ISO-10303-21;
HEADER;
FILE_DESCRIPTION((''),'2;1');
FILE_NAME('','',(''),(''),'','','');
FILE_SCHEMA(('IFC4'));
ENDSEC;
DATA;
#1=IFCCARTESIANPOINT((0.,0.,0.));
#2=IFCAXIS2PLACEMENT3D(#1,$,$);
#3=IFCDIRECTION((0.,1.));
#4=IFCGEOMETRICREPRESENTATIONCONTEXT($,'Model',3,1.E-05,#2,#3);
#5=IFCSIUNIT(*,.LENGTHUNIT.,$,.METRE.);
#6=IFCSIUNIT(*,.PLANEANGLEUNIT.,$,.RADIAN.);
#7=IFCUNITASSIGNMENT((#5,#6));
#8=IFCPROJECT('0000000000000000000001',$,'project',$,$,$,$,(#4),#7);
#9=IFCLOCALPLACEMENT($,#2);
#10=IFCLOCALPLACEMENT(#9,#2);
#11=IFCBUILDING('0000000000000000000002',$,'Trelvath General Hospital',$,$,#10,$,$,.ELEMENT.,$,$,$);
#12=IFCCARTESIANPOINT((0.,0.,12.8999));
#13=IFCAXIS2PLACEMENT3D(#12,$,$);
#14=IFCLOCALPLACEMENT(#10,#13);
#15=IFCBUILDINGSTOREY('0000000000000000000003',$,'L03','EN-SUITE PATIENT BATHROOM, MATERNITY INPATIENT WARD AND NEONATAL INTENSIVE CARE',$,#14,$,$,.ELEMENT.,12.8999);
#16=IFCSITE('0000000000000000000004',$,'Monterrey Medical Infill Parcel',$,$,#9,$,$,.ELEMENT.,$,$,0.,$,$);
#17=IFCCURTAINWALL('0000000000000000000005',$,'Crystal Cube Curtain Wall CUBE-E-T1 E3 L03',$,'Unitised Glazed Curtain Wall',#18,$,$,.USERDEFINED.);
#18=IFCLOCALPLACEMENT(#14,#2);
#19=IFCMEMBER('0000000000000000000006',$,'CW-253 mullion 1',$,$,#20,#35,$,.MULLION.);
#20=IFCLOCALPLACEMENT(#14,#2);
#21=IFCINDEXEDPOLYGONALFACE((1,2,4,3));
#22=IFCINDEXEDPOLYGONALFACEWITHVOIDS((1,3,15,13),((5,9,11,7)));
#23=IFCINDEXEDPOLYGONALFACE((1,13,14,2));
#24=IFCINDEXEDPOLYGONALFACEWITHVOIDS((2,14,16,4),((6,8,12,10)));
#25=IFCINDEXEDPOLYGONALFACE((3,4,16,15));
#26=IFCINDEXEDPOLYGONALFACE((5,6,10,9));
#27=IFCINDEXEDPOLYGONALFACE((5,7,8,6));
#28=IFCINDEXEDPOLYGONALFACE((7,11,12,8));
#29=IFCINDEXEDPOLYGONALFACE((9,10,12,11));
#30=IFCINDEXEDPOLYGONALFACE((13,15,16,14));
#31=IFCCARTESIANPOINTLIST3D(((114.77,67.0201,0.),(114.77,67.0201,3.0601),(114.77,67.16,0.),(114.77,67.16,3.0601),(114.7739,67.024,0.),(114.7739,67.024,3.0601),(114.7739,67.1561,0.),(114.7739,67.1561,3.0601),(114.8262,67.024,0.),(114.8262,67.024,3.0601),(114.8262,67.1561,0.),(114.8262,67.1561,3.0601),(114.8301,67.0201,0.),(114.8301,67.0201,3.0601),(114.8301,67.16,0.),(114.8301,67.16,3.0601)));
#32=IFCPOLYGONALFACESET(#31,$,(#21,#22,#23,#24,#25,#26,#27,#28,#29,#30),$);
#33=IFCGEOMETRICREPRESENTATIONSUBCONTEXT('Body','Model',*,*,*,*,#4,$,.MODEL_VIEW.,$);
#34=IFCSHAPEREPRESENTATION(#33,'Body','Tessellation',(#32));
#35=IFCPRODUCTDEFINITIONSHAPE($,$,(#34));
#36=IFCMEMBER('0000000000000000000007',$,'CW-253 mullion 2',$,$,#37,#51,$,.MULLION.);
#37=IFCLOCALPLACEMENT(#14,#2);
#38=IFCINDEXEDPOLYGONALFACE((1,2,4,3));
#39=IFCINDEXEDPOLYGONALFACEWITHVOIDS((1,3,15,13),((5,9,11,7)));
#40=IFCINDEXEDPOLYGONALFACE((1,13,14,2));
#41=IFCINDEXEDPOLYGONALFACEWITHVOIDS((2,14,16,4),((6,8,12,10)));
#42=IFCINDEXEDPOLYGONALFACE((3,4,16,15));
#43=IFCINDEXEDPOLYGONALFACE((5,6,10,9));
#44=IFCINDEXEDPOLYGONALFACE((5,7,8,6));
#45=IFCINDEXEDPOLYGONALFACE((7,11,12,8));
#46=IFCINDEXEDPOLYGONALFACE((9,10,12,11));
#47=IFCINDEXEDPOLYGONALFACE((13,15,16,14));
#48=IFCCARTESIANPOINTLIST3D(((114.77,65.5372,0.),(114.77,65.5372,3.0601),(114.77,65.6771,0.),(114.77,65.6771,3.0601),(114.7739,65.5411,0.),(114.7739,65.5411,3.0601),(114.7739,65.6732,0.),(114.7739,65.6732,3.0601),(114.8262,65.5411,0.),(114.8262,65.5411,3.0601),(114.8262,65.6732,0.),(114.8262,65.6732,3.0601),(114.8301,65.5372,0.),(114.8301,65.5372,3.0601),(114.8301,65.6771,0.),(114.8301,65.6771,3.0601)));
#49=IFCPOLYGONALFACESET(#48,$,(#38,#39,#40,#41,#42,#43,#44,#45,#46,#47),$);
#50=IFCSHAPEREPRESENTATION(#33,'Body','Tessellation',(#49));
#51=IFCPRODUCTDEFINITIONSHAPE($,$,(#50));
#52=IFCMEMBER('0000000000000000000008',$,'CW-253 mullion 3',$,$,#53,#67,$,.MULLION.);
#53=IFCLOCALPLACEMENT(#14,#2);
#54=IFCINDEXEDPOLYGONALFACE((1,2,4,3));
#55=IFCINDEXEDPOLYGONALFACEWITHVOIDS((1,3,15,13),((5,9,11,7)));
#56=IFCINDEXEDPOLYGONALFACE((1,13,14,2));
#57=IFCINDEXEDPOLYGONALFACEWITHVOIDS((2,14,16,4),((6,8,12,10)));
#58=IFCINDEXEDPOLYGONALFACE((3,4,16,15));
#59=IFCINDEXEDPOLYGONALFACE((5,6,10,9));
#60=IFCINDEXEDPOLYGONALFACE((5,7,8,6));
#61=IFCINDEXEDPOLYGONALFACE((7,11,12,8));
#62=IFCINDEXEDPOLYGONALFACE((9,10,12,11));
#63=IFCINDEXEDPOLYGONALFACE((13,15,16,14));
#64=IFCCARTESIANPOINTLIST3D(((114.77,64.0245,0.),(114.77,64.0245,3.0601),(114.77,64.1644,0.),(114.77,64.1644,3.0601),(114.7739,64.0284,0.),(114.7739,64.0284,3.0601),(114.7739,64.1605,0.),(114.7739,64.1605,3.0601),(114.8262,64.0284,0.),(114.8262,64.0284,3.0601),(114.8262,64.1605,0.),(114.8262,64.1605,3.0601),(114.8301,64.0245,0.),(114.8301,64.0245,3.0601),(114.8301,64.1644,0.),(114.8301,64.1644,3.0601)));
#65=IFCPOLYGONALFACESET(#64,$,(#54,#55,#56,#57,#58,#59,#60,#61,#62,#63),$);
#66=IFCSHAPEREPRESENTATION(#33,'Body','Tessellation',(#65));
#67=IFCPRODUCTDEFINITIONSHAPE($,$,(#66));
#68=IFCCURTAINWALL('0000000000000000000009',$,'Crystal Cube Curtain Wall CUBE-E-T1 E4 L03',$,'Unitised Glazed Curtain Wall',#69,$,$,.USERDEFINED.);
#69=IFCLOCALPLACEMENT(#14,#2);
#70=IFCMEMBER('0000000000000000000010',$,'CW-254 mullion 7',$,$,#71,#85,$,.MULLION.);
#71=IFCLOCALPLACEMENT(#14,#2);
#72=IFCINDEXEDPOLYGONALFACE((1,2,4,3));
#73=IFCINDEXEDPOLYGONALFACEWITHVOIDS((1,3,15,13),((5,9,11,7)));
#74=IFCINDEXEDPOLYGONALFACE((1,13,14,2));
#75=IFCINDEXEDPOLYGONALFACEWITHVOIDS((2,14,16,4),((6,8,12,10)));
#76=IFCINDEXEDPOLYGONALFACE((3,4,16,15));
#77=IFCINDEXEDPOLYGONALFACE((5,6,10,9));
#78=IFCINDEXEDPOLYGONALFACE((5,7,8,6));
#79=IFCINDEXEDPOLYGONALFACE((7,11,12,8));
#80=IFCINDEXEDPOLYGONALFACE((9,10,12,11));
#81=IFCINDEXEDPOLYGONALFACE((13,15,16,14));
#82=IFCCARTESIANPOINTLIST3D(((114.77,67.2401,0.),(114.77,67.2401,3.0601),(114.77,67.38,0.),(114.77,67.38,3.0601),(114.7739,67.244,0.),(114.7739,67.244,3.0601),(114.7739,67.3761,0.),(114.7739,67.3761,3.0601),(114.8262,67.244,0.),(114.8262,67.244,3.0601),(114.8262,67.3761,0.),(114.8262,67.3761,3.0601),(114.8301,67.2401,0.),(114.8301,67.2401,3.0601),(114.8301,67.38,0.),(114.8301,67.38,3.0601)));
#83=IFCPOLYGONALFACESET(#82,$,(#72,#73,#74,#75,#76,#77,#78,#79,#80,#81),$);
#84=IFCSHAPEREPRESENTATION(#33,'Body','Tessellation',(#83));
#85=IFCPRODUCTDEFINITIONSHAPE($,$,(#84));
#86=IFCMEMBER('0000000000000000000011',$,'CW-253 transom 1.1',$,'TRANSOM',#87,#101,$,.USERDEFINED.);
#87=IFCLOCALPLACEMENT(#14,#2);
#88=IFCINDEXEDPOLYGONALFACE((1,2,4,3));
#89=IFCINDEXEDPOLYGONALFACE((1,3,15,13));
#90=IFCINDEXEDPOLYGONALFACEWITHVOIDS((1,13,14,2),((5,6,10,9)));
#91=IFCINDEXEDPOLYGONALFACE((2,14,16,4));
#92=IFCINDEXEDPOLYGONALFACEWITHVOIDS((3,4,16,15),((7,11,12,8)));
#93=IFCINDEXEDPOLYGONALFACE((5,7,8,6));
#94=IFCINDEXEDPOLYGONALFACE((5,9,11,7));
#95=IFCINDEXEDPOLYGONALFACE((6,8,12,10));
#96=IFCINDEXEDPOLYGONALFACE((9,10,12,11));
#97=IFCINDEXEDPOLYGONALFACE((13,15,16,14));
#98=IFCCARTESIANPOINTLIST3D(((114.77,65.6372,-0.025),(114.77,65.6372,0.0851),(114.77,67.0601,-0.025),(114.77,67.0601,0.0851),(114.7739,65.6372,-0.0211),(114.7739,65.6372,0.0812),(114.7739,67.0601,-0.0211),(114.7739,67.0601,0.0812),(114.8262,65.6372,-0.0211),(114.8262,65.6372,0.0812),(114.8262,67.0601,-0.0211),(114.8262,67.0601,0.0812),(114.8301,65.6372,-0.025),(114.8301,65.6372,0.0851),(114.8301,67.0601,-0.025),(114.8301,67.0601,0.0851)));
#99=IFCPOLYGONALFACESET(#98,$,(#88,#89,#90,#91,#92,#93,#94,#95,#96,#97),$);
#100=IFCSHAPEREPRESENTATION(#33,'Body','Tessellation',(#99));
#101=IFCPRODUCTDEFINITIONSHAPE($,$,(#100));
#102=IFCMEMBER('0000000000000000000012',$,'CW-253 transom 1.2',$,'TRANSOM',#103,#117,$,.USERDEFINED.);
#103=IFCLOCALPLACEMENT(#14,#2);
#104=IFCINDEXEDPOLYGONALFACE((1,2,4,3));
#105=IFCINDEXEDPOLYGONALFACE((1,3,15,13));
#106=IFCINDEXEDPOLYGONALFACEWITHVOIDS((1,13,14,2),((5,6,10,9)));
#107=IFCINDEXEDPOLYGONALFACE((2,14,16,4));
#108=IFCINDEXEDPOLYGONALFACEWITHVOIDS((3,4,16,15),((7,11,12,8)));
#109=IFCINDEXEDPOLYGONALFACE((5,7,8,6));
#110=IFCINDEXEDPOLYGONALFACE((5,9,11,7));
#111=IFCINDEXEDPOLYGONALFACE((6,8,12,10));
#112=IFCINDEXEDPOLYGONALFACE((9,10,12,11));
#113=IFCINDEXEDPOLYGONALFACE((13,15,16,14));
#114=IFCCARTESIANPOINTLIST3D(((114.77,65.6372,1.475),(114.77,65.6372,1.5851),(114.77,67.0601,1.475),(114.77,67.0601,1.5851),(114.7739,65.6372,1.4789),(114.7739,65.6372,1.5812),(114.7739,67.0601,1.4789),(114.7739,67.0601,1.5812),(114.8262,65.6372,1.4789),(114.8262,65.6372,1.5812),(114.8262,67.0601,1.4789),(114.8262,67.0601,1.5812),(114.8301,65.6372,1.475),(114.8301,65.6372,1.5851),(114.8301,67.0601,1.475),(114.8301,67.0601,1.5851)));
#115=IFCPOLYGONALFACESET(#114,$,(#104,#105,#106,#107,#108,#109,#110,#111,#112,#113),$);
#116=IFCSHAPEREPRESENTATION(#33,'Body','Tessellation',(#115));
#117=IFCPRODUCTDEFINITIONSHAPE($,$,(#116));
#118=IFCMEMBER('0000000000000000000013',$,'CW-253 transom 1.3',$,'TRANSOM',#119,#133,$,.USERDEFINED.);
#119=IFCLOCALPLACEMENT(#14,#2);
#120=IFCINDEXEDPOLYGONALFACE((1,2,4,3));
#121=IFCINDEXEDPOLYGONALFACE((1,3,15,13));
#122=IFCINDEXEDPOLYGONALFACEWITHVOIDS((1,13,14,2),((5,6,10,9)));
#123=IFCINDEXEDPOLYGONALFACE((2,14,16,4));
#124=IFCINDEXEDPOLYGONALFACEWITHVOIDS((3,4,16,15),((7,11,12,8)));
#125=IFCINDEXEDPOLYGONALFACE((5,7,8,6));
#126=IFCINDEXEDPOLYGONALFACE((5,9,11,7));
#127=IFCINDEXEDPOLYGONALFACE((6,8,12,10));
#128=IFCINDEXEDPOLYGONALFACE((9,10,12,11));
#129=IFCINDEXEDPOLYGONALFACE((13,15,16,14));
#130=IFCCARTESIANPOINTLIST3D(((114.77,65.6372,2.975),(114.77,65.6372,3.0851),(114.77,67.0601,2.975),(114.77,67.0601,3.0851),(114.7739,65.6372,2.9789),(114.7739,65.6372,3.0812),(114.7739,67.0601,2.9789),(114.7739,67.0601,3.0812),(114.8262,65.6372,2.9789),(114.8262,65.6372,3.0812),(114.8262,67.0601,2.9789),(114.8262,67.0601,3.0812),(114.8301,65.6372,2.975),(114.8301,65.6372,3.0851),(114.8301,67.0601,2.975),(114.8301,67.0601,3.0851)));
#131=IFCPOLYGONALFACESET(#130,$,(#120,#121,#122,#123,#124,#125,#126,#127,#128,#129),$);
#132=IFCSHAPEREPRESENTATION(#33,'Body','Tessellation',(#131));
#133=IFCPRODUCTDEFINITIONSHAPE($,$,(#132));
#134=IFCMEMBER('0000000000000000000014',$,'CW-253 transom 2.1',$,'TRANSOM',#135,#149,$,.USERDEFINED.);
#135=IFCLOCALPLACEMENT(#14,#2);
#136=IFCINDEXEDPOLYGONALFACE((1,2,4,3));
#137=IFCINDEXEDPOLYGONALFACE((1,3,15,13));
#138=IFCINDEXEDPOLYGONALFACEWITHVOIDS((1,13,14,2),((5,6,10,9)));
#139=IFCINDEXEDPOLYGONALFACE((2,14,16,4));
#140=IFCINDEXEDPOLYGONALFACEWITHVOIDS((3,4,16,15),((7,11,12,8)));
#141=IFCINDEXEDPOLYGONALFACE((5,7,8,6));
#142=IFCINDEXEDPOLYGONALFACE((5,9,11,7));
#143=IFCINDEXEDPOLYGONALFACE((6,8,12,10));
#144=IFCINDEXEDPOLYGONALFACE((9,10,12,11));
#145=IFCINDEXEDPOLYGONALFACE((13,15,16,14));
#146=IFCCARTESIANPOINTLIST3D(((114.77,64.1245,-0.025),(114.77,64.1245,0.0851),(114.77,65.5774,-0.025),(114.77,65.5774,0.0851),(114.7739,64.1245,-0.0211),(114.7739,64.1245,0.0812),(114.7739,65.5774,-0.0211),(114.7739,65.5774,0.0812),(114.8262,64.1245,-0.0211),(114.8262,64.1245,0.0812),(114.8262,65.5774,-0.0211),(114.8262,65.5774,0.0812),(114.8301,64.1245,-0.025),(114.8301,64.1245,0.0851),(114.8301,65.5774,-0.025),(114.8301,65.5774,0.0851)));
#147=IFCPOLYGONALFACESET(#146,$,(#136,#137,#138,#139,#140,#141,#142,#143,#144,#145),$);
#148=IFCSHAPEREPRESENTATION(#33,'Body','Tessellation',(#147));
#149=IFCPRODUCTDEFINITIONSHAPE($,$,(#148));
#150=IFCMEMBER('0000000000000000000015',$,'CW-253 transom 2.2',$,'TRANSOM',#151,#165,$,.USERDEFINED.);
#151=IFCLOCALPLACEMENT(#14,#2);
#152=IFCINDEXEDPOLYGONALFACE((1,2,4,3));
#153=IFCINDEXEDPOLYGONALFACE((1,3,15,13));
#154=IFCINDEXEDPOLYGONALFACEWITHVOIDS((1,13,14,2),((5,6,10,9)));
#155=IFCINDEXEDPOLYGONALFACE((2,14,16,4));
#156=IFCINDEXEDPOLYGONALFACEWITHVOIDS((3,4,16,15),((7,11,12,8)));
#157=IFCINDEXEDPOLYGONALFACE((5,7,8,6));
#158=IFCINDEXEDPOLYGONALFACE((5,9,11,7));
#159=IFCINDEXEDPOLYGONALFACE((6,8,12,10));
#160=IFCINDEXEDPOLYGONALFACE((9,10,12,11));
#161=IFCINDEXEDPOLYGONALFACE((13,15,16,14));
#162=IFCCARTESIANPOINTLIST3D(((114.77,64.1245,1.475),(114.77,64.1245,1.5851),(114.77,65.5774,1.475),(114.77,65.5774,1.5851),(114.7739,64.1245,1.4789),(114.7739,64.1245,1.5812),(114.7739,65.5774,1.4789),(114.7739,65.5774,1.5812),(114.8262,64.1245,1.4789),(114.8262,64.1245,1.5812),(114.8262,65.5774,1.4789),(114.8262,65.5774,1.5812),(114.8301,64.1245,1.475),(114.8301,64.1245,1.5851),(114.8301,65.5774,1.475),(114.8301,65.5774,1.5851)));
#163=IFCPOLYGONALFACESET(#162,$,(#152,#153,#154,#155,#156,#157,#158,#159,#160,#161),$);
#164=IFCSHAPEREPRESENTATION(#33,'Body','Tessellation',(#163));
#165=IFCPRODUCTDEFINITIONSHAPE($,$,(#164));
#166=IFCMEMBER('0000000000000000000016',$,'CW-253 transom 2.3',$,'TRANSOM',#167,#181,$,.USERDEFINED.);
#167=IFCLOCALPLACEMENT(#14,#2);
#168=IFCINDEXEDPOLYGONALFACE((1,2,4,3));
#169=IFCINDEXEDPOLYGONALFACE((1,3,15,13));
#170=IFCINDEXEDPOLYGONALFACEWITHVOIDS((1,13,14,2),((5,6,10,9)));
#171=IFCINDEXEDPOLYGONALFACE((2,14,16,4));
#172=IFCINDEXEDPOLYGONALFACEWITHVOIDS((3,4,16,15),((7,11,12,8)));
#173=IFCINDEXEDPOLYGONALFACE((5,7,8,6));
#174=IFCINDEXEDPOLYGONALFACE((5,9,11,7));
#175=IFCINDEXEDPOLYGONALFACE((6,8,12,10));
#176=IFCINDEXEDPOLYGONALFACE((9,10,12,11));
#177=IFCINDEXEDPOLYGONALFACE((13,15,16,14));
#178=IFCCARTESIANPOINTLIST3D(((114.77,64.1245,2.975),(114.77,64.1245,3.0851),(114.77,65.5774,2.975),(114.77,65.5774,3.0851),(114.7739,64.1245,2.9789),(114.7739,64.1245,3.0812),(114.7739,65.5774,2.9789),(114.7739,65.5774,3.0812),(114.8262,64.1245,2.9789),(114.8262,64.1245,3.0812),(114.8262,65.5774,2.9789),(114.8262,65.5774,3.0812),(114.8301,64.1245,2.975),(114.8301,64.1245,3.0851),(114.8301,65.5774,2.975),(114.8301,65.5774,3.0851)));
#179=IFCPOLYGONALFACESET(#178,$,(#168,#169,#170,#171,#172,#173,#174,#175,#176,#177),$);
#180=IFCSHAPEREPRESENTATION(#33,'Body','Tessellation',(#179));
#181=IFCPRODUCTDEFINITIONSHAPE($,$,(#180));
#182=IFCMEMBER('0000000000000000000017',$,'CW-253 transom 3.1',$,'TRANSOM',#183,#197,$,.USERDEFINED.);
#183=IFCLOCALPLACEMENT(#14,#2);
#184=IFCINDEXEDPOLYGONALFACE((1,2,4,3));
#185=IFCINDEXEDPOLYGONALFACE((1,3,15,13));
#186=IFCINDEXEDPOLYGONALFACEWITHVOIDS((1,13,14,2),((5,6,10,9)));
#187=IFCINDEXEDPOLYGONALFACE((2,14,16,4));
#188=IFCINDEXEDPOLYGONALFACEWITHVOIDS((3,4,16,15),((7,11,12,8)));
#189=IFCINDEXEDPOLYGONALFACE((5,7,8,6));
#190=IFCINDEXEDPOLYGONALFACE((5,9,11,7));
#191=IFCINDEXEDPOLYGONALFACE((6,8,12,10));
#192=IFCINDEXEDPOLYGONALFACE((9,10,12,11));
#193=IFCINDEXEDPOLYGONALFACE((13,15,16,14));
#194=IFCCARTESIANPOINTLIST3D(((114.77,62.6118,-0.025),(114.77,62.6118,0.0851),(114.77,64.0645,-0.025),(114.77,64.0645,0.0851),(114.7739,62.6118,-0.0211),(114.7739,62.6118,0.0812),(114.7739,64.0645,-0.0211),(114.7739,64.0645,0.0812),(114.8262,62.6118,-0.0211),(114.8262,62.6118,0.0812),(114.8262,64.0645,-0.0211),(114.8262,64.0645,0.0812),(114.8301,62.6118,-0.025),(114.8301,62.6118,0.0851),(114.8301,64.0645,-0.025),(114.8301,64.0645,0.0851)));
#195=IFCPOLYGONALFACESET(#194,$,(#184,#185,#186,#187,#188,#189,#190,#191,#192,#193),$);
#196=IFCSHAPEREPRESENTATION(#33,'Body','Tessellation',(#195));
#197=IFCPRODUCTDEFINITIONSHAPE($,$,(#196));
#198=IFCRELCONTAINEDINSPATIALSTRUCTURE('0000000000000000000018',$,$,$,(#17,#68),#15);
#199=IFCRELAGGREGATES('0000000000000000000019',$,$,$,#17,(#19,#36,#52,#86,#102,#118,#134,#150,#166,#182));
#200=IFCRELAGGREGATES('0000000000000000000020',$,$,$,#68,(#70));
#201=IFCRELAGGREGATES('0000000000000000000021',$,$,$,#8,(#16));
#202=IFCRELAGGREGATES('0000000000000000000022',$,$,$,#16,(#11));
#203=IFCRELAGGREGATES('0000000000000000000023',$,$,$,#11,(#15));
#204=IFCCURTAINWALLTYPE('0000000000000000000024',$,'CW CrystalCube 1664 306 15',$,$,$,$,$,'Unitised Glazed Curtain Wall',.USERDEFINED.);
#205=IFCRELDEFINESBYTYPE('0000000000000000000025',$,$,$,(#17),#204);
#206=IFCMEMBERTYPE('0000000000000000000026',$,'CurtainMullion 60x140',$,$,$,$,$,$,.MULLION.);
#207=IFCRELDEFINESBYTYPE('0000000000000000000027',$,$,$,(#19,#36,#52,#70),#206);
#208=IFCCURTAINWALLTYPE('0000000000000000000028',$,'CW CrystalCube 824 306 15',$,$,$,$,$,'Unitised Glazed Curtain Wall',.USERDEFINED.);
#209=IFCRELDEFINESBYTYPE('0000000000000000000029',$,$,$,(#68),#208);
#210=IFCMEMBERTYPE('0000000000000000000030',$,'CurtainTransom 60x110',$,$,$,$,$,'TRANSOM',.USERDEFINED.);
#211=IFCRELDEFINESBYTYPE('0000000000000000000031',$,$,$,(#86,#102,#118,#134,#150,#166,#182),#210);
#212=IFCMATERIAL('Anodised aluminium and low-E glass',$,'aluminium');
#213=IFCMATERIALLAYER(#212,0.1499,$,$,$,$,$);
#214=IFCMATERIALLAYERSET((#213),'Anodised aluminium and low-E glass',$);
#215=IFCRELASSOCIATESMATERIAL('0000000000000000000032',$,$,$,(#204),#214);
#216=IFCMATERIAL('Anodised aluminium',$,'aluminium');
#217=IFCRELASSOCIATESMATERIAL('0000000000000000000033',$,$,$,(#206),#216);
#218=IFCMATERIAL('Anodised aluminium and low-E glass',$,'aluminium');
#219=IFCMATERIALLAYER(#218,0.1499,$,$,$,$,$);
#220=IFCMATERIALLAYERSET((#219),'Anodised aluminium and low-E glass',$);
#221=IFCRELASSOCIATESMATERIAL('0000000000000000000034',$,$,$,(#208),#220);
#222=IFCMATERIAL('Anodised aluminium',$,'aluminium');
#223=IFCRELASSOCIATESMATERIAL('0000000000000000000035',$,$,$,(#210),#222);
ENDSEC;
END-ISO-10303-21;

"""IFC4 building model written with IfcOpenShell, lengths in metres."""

from ifc_helpers import new_model, si_unit, direction, frame, origin, origin_2d, place, context, subcontext, project, spatial, hollow_rectangle, extrude, material, layer, layer_set, material_profile, profile_set, type_object, element, aggregate, save


model = new_model("IFC4")

# Units and contexts
model_context = context("Model", 3, precision=1e-05, world=origin(), true_north=direction((0.0, 1.0)))
body_context = subcontext(model_context, "Body", "Model", "MODEL_VIEW")
ifc_project = project(units=[si_unit("LENGTHUNIT", "METRE"), si_unit("PLANEANGLEUNIT", "RADIAN")], contexts=[model_context])

# Site, building, storey
site_placement = place(None, origin())
site = spatial("IfcSite", under=ifc_project, at=site_placement, Name="Monterrey Medical Infill Parcel", CompositionType="ELEMENT", RefElevation=0.0)
building_placement = place(site_placement, origin())
building = spatial("IfcBuilding", under=site, at=building_placement, Name="Trelvath General Hospital", CompositionType="ELEMENT")
storey_placement = place(building_placement, frame((0.0, 0.0, 12.8999)))
storey = spatial("IfcBuildingStorey", under=building, at=storey_placement, Name="L03", Description="EN-SUITE PATIENT BATHROOM, MATERNITY INPATIENT WARD AND NEONATAL INTENSIVE CARE", CompositionType="ELEMENT", Elevation=12.8999)

# Curtain wall, members
ifc_material_1 = material(Name="Anodised aluminium and low-E glass", Category="aluminium")
ifc_layer_1 = layer(ifc_material_1, 0.1499)
ifc_layer_set_1 = layer_set([ifc_layer_1], Name="Anodised aluminium and low-E glass")
curtain_wall_type_1 = type_object("IfcCurtainWallType", Name="CW CrystalCube 1664 306 15", ElementType="Unitised Glazed Curtain Wall", PredefinedType="USERDEFINED", material=ifc_layer_set_1)
curtain_wall_1_placement = place(storey_placement, origin())
curtain_wall_1 = element("IfcCurtainWall", 1, at=curtain_wall_1_placement, inside=storey, type_object=curtain_wall_type_1, Name="Crystal Cube Curtain Wall CUBE-E-T1 E3 L03", ObjectType="Unitised Glazed Curtain Wall", PredefinedType="USERDEFINED")
ifc_material_2 = material(Name="Anodised aluminium", Category="aluminium")
ifc_material_profile_1 = material_profile(ifc_material_2, hollow_rectangle(XDim=0.0601, YDim=0.1399, WallThickness=0.0039, at=origin_2d()), Name="RHS60x140x4")
ifc_profile_set_1 = profile_set([ifc_material_profile_1], Name="Anodised aluminium")
member_type_1 = type_object("IfcMemberType", Name="CurtainMullion 60x140", PredefinedType="MULLION", material=ifc_profile_set_1)
member_1_placement = place(storey_placement, frame((114.8, 67.0901, 0.0), z_axis=(0.0, 0.0, 1.0), x_axis=(1.0, 0.0, 0.0)))
member_1 = element("IfcMember", 2, at=member_1_placement, type_object=member_type_1, Name="CW-253 mullion 1", PredefinedType="MULLION", context=body_context, shape_type="SweptSolid", body=[
    extrude(hollow_rectangle(XDim=0.0601, YDim=0.1399, WallThickness=0.0039, at=origin_2d()), origin(), (0.0, 0.0, 1.0), 3.0601),
])
member_2_placement = place(storey_placement, frame((114.8, 65.6072, 0.0), z_axis=(0.0, 0.0, 1.0), x_axis=(1.0, 0.0, 0.0)))
member_2 = element("IfcMember", 3, at=member_2_placement, type_object=member_type_1, Name="CW-253 mullion 2", PredefinedType="MULLION", context=body_context, shape_type="SweptSolid", body=[
    extrude(hollow_rectangle(XDim=0.0601, YDim=0.1399, WallThickness=0.0039, at=origin_2d()), origin(), (0.0, 0.0, 1.0), 3.0601),
])
member_3_placement = place(storey_placement, frame((114.8, 64.0945, 0.0), z_axis=(0.0, 0.0, 1.0), x_axis=(1.0, 0.0, 0.0)))
member_3 = element("IfcMember", 4, at=member_3_placement, type_object=member_type_1, Name="CW-253 mullion 3", PredefinedType="MULLION", context=body_context, shape_type="SweptSolid", body=[
    extrude(hollow_rectangle(XDim=0.0601, YDim=0.1399, WallThickness=0.0039, at=origin_2d()), origin(), (0.0, 0.0, 1.0), 3.0601),
])

# Curtain wall, member
ifc_material_3 = material(Name="Anodised aluminium and low-E glass", Category="aluminium")
ifc_layer_2 = layer(ifc_material_3, 0.1499)
ifc_layer_set_2 = layer_set([ifc_layer_2], Name="Anodised aluminium and low-E glass")
curtain_wall_type_2 = type_object("IfcCurtainWallType", Name="CW CrystalCube 824 306 15", ElementType="Unitised Glazed Curtain Wall", PredefinedType="USERDEFINED", material=ifc_layer_set_2)
curtain_wall_2_placement = place(storey_placement, origin())
curtain_wall_2 = element("IfcCurtainWall", 5, at=curtain_wall_2_placement, inside=storey, type_object=curtain_wall_type_2, Name="Crystal Cube Curtain Wall CUBE-E-T1 E4 L03", ObjectType="Unitised Glazed Curtain Wall", PredefinedType="USERDEFINED")
member_4_placement = place(storey_placement, frame((114.8, 67.3101, 0.0), z_axis=(0.0, 0.0, 1.0), x_axis=(1.0, 0.0, 0.0)))
member_4 = element("IfcMember", 6, at=member_4_placement, type_object=member_type_1, Name="CW-254 mullion 7", PredefinedType="MULLION", context=body_context, shape_type="SweptSolid", body=[
    extrude(hollow_rectangle(XDim=0.0601, YDim=0.1399, WallThickness=0.0039, at=origin_2d()), origin(), (0.0, 0.0, 1.0), 3.0601),
])

# Members
ifc_material_4 = material(Name="Anodised aluminium", Category="aluminium")
ifc_material_profile_2 = material_profile(ifc_material_4, hollow_rectangle(XDim=0.0601, YDim=0.1101, WallThickness=0.0039, at=origin_2d()), Name="RHS60x110x4")
ifc_profile_set_2 = profile_set([ifc_material_profile_2], Name="Anodised aluminium")
member_type_2 = type_object("IfcMemberType", Name="CurtainTransom 60x110", ElementType="TRANSOM", PredefinedType="USERDEFINED", material=ifc_profile_set_2)
member_5_placement = place(storey_placement, frame((114.8, 67.0601, 0.03), z_axis=(0.0, -1.0, 0.0), x_axis=(1.0, 0.0, 0.0)))
member_5 = element("IfcMember", 7, at=member_5_placement, type_object=member_type_2, Name="CW-253 transom 1.1", ObjectType="TRANSOM", PredefinedType="USERDEFINED", context=body_context, shape_type="SweptSolid", body=[
    extrude(hollow_rectangle(XDim=0.0601, YDim=0.1101, WallThickness=0.0039, at=origin_2d()), origin(), (0.0, 0.0, 1.0), 1.4229),
])
member_6_placement = place(storey_placement, frame((114.8, 67.0601, 1.53), z_axis=(0.0, -1.0, 0.0), x_axis=(1.0, 0.0, 0.0)))
member_6 = element("IfcMember", 8, at=member_6_placement, type_object=member_type_2, Name="CW-253 transom 1.2", ObjectType="TRANSOM", PredefinedType="USERDEFINED", context=body_context, shape_type="SweptSolid", body=[
    extrude(hollow_rectangle(XDim=0.0601, YDim=0.1101, WallThickness=0.0039, at=origin_2d()), origin(), (0.0, 0.0, 1.0), 1.4229),
])
member_7_placement = place(storey_placement, frame((114.8, 67.0601, 3.03), z_axis=(0.0, -1.0, 0.0), x_axis=(1.0, 0.0, 0.0)))
member_7 = element("IfcMember", 9, at=member_7_placement, type_object=member_type_2, Name="CW-253 transom 1.3", ObjectType="TRANSOM", PredefinedType="USERDEFINED", context=body_context, shape_type="SweptSolid", body=[
    extrude(hollow_rectangle(XDim=0.0601, YDim=0.1101, WallThickness=0.0039, at=origin_2d()), origin(), (0.0, 0.0, 1.0), 1.4229),
])
member_8_placement = place(storey_placement, frame((114.8, 65.5774, 0.03), z_axis=(0.0, -1.0, 0.0), x_axis=(1.0, 0.0, 0.0)))
member_8 = element("IfcMember", 10, at=member_8_placement, type_object=member_type_2, Name="CW-253 transom 2.1", ObjectType="TRANSOM", PredefinedType="USERDEFINED", context=body_context, shape_type="SweptSolid", body=[
    extrude(hollow_rectangle(XDim=0.0601, YDim=0.1101, WallThickness=0.0039, at=origin_2d()), origin(), (0.0, 0.0, 1.0), 1.4529),
])
member_9_placement = place(storey_placement, frame((114.8, 65.5774, 1.53), z_axis=(0.0, -1.0, 0.0), x_axis=(1.0, 0.0, 0.0)))
member_9 = element("IfcMember", 11, at=member_9_placement, type_object=member_type_2, Name="CW-253 transom 2.2", ObjectType="TRANSOM", PredefinedType="USERDEFINED", context=body_context, shape_type="SweptSolid", body=[
    extrude(hollow_rectangle(XDim=0.0601, YDim=0.1101, WallThickness=0.0039, at=origin_2d()), origin(), (0.0, 0.0, 1.0), 1.4529),
])
member_10_placement = place(storey_placement, frame((114.8, 65.5774, 3.03), z_axis=(0.0, -1.0, 0.0), x_axis=(1.0, 0.0, 0.0)))
member_10 = element("IfcMember", 12, at=member_10_placement, type_object=member_type_2, Name="CW-253 transom 2.3", ObjectType="TRANSOM", PredefinedType="USERDEFINED", context=body_context, shape_type="SweptSolid", body=[
    extrude(hollow_rectangle(XDim=0.0601, YDim=0.1101, WallThickness=0.0039, at=origin_2d()), origin(), (0.0, 0.0, 1.0), 1.4529),
])
member_11_placement = place(storey_placement, frame((114.8, 64.0645, 0.03), z_axis=(0.0, -1.0, 0.0), x_axis=(1.0, 0.0, 0.0)))
member_11 = element("IfcMember", 13, at=member_11_placement, type_object=member_type_2, Name="CW-253 transom 3.1", ObjectType="TRANSOM", PredefinedType="USERDEFINED", context=body_context, shape_type="SweptSolid", body=[
    extrude(hollow_rectangle(XDim=0.0601, YDim=0.1101, WallThickness=0.0039, at=origin_2d()), origin(), (0.0, 0.0, 1.0), 1.4526),
])

aggregate(curtain_wall_1, [member_1, member_2, member_3, member_5, member_6, member_7, member_8, member_9, member_10, member_11])
aggregate(curtain_wall_2, [member_4])

save(model, "model.ifc")
